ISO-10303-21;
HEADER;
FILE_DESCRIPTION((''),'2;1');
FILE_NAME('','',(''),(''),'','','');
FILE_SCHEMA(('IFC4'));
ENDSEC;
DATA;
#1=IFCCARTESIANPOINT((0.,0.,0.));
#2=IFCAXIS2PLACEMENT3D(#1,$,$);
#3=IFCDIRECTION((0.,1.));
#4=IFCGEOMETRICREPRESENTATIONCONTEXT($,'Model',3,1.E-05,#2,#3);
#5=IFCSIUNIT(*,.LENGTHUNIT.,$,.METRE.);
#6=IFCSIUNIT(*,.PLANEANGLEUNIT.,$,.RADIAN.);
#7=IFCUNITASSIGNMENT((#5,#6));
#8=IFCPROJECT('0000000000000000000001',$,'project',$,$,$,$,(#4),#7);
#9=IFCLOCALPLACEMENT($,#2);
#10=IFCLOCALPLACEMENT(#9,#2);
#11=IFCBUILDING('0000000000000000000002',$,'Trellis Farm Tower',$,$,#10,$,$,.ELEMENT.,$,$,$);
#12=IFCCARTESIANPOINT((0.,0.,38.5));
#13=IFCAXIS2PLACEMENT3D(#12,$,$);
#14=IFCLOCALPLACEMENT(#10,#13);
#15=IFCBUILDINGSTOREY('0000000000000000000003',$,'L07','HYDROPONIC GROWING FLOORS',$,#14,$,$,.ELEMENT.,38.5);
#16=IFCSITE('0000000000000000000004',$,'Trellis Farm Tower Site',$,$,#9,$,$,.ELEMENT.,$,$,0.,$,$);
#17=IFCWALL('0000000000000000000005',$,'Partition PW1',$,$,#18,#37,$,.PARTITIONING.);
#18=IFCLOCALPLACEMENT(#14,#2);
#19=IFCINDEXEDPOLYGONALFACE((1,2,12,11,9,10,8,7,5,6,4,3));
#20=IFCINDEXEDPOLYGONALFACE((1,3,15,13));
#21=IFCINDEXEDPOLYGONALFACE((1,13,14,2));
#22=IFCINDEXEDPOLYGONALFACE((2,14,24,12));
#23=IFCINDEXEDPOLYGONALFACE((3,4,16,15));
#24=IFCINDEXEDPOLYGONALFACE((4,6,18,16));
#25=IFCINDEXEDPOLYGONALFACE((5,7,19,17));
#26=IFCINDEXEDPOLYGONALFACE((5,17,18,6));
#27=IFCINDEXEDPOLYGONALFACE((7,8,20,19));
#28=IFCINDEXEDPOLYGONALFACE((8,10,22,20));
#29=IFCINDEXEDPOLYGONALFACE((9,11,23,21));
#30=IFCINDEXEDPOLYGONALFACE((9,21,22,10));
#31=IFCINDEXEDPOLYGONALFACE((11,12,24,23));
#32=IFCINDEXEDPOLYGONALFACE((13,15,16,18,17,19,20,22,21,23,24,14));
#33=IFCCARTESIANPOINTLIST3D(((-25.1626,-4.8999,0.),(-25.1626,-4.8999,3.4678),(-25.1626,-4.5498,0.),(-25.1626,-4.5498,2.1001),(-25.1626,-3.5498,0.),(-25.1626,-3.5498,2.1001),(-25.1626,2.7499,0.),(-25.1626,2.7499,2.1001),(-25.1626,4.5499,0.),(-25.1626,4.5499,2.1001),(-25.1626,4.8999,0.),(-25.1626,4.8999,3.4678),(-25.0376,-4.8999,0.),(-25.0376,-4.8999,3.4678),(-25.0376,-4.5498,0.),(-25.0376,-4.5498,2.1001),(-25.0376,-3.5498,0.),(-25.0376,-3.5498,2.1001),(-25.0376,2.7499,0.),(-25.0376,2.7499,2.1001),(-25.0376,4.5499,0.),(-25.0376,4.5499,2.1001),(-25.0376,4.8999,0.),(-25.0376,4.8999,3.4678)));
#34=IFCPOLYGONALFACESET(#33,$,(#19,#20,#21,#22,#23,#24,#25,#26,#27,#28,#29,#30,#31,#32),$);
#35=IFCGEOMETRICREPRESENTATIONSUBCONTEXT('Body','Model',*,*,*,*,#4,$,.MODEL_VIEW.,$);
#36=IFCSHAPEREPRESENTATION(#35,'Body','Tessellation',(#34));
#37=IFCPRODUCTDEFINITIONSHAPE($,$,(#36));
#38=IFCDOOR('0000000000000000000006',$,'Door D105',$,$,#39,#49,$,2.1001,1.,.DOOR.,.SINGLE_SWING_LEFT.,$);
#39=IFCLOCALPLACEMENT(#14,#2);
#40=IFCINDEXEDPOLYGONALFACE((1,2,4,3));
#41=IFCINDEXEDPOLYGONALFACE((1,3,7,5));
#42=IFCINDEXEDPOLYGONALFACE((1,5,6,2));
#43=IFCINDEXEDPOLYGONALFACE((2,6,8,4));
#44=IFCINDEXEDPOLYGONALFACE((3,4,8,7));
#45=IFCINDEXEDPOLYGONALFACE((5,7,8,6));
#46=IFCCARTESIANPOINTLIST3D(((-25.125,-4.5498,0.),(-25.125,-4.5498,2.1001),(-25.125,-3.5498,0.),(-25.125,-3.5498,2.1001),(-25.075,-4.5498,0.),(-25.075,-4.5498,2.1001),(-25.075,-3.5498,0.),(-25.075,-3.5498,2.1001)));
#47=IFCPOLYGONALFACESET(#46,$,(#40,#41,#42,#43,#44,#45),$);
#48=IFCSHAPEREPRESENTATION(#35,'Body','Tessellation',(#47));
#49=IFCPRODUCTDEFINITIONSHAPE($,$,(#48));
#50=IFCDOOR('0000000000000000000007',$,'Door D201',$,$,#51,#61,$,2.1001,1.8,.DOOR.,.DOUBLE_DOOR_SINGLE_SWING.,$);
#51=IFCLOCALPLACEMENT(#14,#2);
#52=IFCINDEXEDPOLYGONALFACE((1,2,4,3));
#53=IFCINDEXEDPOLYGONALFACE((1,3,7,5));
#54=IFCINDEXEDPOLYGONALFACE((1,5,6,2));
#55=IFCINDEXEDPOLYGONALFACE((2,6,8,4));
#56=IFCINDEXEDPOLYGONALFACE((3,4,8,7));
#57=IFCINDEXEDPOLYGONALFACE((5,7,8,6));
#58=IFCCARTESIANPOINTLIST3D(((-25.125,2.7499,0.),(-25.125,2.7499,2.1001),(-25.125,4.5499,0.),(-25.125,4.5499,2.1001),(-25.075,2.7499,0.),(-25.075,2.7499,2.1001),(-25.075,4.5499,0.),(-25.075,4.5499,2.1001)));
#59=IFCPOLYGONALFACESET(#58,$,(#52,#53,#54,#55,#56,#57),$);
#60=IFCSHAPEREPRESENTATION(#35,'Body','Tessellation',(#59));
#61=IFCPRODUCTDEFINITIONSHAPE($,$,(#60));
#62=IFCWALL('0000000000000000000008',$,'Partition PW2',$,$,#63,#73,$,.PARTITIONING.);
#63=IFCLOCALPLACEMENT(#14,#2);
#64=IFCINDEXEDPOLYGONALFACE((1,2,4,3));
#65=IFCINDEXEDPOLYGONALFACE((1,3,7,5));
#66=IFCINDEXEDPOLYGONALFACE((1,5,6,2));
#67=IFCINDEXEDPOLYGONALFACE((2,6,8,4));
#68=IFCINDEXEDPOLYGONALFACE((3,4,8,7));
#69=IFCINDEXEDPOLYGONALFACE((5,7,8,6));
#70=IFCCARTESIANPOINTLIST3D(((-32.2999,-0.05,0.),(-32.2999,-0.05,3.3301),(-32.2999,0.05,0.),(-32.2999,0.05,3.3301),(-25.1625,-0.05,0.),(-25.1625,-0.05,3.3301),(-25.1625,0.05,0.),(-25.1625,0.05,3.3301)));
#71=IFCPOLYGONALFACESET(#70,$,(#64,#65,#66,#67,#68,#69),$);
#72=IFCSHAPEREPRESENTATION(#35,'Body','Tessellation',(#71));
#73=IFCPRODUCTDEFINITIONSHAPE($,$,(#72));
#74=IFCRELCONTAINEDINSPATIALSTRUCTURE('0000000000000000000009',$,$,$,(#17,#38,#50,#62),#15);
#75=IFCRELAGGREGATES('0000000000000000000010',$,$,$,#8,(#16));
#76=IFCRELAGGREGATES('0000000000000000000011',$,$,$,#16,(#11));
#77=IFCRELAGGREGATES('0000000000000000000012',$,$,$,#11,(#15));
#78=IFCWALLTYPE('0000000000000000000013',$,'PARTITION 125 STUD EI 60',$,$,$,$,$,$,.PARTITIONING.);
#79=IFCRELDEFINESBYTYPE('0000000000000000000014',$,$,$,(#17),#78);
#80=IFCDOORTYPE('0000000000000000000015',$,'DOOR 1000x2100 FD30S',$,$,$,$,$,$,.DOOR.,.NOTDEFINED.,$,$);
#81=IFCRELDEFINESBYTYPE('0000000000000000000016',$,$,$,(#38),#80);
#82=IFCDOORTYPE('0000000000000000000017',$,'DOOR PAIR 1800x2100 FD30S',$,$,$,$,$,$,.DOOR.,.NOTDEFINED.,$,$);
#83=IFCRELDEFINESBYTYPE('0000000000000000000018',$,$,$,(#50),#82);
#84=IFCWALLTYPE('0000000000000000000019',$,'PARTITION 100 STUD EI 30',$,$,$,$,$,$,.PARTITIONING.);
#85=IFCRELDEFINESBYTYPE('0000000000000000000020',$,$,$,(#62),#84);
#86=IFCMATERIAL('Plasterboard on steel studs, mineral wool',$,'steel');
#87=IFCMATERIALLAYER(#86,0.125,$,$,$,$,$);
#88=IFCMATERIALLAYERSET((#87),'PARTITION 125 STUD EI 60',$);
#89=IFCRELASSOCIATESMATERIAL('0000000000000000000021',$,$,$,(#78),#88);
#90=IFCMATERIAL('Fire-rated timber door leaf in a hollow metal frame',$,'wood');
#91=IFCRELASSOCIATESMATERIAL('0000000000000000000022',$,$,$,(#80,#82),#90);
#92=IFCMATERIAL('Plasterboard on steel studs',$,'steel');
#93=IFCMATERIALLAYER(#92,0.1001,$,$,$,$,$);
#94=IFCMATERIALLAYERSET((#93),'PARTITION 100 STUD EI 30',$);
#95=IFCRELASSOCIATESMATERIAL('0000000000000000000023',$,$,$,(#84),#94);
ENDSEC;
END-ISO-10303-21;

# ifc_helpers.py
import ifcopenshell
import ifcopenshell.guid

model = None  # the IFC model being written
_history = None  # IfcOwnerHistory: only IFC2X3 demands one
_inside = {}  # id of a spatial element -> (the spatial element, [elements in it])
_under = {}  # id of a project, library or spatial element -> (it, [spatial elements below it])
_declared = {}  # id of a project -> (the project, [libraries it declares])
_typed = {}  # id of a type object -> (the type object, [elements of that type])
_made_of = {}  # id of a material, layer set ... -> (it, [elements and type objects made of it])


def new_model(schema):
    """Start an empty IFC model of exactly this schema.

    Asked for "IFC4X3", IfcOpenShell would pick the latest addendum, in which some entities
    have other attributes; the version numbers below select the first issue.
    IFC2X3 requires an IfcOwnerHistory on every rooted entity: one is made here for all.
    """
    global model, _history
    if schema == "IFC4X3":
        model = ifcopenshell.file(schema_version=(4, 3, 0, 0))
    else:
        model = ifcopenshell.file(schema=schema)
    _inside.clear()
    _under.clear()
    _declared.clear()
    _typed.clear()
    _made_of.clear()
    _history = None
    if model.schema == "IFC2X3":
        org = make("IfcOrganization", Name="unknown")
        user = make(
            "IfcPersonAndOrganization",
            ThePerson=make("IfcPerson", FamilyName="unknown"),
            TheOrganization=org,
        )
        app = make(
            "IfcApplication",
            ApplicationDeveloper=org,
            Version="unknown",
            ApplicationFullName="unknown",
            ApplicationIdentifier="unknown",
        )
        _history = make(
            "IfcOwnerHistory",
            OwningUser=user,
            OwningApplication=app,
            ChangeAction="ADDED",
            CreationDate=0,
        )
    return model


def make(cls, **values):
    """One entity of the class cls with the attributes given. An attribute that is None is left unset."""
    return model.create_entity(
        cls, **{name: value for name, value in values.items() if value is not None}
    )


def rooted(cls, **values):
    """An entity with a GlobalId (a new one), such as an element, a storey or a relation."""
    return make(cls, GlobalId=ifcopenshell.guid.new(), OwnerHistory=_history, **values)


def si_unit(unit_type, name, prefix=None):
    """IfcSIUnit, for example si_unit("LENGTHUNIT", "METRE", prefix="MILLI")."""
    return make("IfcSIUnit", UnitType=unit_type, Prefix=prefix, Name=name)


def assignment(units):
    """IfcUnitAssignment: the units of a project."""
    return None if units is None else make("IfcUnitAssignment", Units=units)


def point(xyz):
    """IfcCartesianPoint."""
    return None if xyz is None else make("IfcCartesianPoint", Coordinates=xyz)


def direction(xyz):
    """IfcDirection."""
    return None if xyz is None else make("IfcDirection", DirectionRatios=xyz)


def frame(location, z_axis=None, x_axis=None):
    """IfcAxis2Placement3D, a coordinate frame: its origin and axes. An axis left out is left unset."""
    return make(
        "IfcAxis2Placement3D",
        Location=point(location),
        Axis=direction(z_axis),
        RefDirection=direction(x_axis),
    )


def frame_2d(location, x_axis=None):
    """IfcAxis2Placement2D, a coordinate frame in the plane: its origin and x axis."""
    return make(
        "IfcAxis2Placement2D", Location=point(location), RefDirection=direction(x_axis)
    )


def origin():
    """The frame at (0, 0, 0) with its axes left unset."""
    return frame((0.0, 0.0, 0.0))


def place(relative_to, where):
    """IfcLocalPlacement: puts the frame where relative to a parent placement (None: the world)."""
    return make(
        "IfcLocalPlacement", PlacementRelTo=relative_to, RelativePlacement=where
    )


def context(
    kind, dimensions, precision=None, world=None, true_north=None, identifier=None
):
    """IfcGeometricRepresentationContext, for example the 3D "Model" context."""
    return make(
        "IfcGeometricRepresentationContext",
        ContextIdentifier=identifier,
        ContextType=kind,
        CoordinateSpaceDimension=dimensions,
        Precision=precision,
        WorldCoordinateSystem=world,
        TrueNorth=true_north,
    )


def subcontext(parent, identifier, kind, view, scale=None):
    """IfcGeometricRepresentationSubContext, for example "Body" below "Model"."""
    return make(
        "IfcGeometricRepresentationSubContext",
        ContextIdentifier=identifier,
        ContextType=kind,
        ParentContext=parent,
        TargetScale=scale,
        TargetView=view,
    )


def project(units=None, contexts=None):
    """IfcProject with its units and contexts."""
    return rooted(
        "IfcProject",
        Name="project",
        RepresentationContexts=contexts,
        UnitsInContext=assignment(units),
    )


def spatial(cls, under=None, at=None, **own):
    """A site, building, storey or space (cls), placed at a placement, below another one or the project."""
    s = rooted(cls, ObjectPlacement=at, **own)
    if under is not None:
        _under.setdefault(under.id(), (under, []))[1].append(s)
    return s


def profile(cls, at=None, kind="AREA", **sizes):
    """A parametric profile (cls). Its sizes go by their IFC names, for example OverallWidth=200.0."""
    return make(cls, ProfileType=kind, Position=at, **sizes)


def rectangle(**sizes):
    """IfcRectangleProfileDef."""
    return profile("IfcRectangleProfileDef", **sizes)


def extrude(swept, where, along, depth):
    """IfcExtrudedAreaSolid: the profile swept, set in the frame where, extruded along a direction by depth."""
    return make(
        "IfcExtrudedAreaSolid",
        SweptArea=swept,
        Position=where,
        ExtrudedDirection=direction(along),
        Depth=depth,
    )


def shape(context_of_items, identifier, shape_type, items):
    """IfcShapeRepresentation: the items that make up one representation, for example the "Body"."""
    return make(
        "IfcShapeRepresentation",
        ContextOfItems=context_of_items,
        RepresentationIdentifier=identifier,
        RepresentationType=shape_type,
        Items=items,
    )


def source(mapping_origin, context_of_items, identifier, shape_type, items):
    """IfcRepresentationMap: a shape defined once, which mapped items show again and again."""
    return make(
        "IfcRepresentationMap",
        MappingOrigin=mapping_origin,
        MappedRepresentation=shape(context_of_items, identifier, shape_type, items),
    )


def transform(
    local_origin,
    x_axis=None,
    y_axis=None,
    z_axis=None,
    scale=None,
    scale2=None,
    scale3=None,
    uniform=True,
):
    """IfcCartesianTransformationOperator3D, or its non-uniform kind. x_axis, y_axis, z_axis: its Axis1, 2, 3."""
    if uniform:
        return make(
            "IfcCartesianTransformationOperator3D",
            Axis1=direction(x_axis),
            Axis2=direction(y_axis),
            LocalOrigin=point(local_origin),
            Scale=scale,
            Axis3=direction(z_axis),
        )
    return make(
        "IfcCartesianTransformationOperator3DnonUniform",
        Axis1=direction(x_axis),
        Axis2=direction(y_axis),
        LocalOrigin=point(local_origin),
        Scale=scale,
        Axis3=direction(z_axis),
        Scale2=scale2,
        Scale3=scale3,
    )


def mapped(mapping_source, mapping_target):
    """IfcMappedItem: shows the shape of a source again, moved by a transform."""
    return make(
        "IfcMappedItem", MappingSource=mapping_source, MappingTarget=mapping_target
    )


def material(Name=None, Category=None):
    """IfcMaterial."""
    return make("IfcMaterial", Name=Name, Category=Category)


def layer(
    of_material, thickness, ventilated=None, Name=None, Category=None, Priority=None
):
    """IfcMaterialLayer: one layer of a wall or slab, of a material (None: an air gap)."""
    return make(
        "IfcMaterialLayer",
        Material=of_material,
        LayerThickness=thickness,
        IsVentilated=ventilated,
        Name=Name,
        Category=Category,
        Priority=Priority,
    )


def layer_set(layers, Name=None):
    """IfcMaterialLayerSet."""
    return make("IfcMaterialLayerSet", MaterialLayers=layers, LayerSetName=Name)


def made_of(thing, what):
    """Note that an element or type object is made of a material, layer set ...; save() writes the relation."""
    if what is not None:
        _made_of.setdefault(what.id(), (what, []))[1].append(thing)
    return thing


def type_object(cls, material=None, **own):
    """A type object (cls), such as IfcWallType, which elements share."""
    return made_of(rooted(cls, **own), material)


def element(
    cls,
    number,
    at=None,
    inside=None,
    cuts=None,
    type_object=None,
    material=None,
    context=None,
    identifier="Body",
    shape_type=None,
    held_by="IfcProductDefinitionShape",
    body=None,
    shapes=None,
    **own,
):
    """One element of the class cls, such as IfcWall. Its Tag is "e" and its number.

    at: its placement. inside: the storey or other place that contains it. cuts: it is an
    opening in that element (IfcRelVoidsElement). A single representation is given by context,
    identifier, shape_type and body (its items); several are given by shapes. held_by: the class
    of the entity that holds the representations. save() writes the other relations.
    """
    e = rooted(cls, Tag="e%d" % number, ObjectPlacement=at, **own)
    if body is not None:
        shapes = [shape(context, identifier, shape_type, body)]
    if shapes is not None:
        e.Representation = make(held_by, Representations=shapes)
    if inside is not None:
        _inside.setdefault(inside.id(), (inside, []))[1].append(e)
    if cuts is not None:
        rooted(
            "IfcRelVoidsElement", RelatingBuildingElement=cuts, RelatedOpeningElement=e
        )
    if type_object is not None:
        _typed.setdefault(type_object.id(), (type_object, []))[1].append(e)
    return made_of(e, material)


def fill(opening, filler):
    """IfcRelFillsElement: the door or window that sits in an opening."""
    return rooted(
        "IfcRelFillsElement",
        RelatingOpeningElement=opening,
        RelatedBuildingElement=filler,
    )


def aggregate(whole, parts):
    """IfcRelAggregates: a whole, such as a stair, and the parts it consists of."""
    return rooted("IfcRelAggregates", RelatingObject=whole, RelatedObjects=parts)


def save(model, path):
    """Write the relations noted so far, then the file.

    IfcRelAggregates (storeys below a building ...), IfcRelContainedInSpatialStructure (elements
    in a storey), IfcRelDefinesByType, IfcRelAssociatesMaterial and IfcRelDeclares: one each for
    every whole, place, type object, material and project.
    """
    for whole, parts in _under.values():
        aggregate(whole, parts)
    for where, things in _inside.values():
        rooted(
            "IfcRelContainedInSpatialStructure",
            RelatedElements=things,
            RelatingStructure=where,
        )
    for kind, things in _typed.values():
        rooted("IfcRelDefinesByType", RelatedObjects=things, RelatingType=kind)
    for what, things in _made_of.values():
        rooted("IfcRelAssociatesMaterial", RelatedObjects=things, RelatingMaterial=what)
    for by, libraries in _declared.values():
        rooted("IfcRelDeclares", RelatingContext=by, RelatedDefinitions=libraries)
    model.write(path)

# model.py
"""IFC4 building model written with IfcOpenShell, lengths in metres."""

from ifc_helpers import new_model, si_unit, direction, frame, frame_2d, origin, place, context, subcontext, project, spatial, rectangle, extrude, source, transform, mapped, material, layer, layer_set, type_object, element, fill, save


model = new_model("IFC4")

# Units and contexts
model_context = context("Model", 3, precision=1e-05, world=origin(), true_north=direction((0.0, 1.0)))
body_context = subcontext(model_context, "Body", "Model", "MODEL_VIEW")
ifc_project = project(units=[si_unit("LENGTHUNIT", "METRE"), si_unit("PLANEANGLEUNIT", "RADIAN")], contexts=[model_context])

# Site, building, storey
site_placement = place(None, origin())
site = spatial("IfcSite", under=ifc_project, at=site_placement, Name="Trellis Farm Tower Site", CompositionType="ELEMENT", RefElevation=0.0)
building_placement = place(site_placement, origin())
building = spatial("IfcBuilding", under=site, at=building_placement, Name="Trellis Farm Tower", CompositionType="ELEMENT")
storey_placement = place(building_placement, frame((0.0, 0.0, 38.5)))
storey = spatial("IfcBuildingStorey", under=building, at=storey_placement, Name="L07", Description="HYDROPONIC GROWING FLOORS", CompositionType="ELEMENT", Elevation=38.5)

# Wall, openings, doors
ifc_material_1 = material(Name="Plasterboard on steel studs, mineral wool", Category="steel")
ifc_layer_1 = layer(ifc_material_1, 0.125)
ifc_layer_set_1 = layer_set([ifc_layer_1], Name="PARTITION 125 STUD EI 60")
wall_type_1 = type_object("IfcWallType", Name="PARTITION 125 STUD EI 60", PredefinedType="PARTITIONING", material=ifc_layer_set_1)
shared_shape_1 = source(origin(), body_context, "Body", "SweptSolid", [
    extrude(rectangle(XDim=9.7998, YDim=0.125, at=frame_2d((4.8999, 0.0))), origin(), (0.0, 0.0, 1.0), 3.4678),
])
wall_1_placement = place(storey_placement, frame((-25.1001, -4.8999, 0.0), z_axis=(0.0, 0.0, 1.0), x_axis=(0.0, 1.0, 0.0)))
wall_1 = element("IfcWall", 1, at=wall_1_placement, inside=storey, type_object=wall_type_1, Name="Partition PW1", PredefinedType="PARTITIONING", context=body_context, shape_type="MappedRepresentation", body=[
    mapped(shared_shape_1, transform((0.0, 0.0, 0.0))),
])
shared_shape_2 = source(origin(), body_context, "Body", "SweptSolid", [
    extrude(rectangle(XDim=1.0, YDim=2.1001, at=frame_2d((0.5, 1.05))), frame((0.0, 0.0725, 0.0), z_axis=(0.0, -1.0, 0.0), x_axis=(1.0, 0.0, 0.0)), (0.0, 0.0, 1.0), 0.145),
])
opening_1_placement = place(wall_1_placement, frame((0.3501, 0.0, 0.0)))
opening_1 = element("IfcOpeningElement", 2, at=opening_1_placement, cuts=wall_1, PredefinedType="OPENING", context=body_context, shape_type="MappedRepresentation", body=[
    mapped(shared_shape_2, transform((0.0, 0.0, 0.0))),
])
shared_shape_3 = source(origin(), body_context, "Body", "SweptSolid", [
    extrude(rectangle(XDim=1.8, YDim=2.1001, at=frame_2d((0.8999, 1.05))), frame((0.0, 0.0725, 0.0), z_axis=(0.0, -1.0, 0.0), x_axis=(1.0, 0.0, 0.0)), (0.0, 0.0, 1.0), 0.145),
])
opening_2_placement = place(wall_1_placement, frame((7.6499, 0.0, 0.0)))
opening_2 = element("IfcOpeningElement", 3, at=opening_2_placement, cuts=wall_1, PredefinedType="OPENING", context=body_context, shape_type="MappedRepresentation", body=[
    mapped(shared_shape_3, transform((0.0, 0.0, 0.0))),
])
ifc_material_2 = material(Name="Fire-rated timber door leaf in a hollow metal frame", Category="wood")
door_type_1 = type_object("IfcDoorType", Name="DOOR 1000x2100 FD30S", OperationType="NOTDEFINED", PredefinedType="DOOR", material=ifc_material_2)
shared_shape_4 = source(origin(), body_context, "Body", "SweptSolid", [
    extrude(rectangle(XDim=1.0, YDim=2.1001, at=frame_2d((0.5, 1.05))), frame((0.0, 0.0249, 0.0), z_axis=(0.0, -1.0, 0.0), x_axis=(1.0, 0.0, 0.0)), (0.0, 0.0, 1.0), 0.05),
])
door_1_placement = place(opening_1_placement, origin())
door_1 = element("IfcDoor", 4, at=door_1_placement, inside=storey, type_object=door_type_1, Name="Door D105", OperationType="SINGLE_SWING_LEFT", OverallHeight=2.1001, OverallWidth=1.0, PredefinedType="DOOR", context=body_context, shape_type="MappedRepresentation", body=[
    mapped(shared_shape_4, transform((0.0, 0.0, 0.0))),
])
fill(opening_1, door_1)
door_type_2 = type_object("IfcDoorType", Name="DOOR PAIR 1800x2100 FD30S", OperationType="NOTDEFINED", PredefinedType="DOOR", material=ifc_material_2)
shared_shape_5 = source(origin(), body_context, "Body", "SweptSolid", [
    extrude(rectangle(XDim=1.8, YDim=2.1001, at=frame_2d((0.8999, 1.05))), frame((0.0, 0.0249, 0.0), z_axis=(0.0, -1.0, 0.0), x_axis=(1.0, 0.0, 0.0)), (0.0, 0.0, 1.0), 0.05),
])
door_2_placement = place(opening_2_placement, origin())
door_2 = element("IfcDoor", 5, at=door_2_placement, inside=storey, type_object=door_type_2, Name="Door D201", OperationType="DOUBLE_DOOR_SINGLE_SWING", OverallHeight=2.1001, OverallWidth=1.8, PredefinedType="DOOR", context=body_context, shape_type="MappedRepresentation", body=[
    mapped(shared_shape_5, transform((0.0, 0.0, 0.0))),
])
fill(opening_2, door_2)

# Wall
ifc_material_3 = material(Name="Plasterboard on steel studs", Category="steel")
ifc_layer_2 = layer(ifc_material_3, 0.1001)
ifc_layer_set_2 = layer_set([ifc_layer_2], Name="PARTITION 100 STUD EI 30")
wall_type_2 = type_object("IfcWallType", Name="PARTITION 100 STUD EI 30", PredefinedType="PARTITIONING", material=ifc_layer_set_2)
shared_shape_6 = source(origin(), body_context, "Body", "SweptSolid", [
    extrude(rectangle(XDim=7.1375, YDim=0.1001, at=frame_2d((3.5688, 0.0))), origin(), (0.0, 0.0, 1.0), 3.3301),
])
wall_2_placement = place(storey_placement, frame((-32.3, 0.0, 0.0), z_axis=(0.0, 0.0, 1.0), x_axis=(1.0, 0.0, 0.0)))
element("IfcWall", 6, at=wall_2_placement, inside=storey, type_object=wall_type_2, Name="Partition PW2", PredefinedType="PARTITIONING", context=body_context, shape_type="MappedRepresentation", body=[
    mapped(shared_shape_6, transform((0.0, 0.0, 0.0))),
])

save(model, "model.ifc")
